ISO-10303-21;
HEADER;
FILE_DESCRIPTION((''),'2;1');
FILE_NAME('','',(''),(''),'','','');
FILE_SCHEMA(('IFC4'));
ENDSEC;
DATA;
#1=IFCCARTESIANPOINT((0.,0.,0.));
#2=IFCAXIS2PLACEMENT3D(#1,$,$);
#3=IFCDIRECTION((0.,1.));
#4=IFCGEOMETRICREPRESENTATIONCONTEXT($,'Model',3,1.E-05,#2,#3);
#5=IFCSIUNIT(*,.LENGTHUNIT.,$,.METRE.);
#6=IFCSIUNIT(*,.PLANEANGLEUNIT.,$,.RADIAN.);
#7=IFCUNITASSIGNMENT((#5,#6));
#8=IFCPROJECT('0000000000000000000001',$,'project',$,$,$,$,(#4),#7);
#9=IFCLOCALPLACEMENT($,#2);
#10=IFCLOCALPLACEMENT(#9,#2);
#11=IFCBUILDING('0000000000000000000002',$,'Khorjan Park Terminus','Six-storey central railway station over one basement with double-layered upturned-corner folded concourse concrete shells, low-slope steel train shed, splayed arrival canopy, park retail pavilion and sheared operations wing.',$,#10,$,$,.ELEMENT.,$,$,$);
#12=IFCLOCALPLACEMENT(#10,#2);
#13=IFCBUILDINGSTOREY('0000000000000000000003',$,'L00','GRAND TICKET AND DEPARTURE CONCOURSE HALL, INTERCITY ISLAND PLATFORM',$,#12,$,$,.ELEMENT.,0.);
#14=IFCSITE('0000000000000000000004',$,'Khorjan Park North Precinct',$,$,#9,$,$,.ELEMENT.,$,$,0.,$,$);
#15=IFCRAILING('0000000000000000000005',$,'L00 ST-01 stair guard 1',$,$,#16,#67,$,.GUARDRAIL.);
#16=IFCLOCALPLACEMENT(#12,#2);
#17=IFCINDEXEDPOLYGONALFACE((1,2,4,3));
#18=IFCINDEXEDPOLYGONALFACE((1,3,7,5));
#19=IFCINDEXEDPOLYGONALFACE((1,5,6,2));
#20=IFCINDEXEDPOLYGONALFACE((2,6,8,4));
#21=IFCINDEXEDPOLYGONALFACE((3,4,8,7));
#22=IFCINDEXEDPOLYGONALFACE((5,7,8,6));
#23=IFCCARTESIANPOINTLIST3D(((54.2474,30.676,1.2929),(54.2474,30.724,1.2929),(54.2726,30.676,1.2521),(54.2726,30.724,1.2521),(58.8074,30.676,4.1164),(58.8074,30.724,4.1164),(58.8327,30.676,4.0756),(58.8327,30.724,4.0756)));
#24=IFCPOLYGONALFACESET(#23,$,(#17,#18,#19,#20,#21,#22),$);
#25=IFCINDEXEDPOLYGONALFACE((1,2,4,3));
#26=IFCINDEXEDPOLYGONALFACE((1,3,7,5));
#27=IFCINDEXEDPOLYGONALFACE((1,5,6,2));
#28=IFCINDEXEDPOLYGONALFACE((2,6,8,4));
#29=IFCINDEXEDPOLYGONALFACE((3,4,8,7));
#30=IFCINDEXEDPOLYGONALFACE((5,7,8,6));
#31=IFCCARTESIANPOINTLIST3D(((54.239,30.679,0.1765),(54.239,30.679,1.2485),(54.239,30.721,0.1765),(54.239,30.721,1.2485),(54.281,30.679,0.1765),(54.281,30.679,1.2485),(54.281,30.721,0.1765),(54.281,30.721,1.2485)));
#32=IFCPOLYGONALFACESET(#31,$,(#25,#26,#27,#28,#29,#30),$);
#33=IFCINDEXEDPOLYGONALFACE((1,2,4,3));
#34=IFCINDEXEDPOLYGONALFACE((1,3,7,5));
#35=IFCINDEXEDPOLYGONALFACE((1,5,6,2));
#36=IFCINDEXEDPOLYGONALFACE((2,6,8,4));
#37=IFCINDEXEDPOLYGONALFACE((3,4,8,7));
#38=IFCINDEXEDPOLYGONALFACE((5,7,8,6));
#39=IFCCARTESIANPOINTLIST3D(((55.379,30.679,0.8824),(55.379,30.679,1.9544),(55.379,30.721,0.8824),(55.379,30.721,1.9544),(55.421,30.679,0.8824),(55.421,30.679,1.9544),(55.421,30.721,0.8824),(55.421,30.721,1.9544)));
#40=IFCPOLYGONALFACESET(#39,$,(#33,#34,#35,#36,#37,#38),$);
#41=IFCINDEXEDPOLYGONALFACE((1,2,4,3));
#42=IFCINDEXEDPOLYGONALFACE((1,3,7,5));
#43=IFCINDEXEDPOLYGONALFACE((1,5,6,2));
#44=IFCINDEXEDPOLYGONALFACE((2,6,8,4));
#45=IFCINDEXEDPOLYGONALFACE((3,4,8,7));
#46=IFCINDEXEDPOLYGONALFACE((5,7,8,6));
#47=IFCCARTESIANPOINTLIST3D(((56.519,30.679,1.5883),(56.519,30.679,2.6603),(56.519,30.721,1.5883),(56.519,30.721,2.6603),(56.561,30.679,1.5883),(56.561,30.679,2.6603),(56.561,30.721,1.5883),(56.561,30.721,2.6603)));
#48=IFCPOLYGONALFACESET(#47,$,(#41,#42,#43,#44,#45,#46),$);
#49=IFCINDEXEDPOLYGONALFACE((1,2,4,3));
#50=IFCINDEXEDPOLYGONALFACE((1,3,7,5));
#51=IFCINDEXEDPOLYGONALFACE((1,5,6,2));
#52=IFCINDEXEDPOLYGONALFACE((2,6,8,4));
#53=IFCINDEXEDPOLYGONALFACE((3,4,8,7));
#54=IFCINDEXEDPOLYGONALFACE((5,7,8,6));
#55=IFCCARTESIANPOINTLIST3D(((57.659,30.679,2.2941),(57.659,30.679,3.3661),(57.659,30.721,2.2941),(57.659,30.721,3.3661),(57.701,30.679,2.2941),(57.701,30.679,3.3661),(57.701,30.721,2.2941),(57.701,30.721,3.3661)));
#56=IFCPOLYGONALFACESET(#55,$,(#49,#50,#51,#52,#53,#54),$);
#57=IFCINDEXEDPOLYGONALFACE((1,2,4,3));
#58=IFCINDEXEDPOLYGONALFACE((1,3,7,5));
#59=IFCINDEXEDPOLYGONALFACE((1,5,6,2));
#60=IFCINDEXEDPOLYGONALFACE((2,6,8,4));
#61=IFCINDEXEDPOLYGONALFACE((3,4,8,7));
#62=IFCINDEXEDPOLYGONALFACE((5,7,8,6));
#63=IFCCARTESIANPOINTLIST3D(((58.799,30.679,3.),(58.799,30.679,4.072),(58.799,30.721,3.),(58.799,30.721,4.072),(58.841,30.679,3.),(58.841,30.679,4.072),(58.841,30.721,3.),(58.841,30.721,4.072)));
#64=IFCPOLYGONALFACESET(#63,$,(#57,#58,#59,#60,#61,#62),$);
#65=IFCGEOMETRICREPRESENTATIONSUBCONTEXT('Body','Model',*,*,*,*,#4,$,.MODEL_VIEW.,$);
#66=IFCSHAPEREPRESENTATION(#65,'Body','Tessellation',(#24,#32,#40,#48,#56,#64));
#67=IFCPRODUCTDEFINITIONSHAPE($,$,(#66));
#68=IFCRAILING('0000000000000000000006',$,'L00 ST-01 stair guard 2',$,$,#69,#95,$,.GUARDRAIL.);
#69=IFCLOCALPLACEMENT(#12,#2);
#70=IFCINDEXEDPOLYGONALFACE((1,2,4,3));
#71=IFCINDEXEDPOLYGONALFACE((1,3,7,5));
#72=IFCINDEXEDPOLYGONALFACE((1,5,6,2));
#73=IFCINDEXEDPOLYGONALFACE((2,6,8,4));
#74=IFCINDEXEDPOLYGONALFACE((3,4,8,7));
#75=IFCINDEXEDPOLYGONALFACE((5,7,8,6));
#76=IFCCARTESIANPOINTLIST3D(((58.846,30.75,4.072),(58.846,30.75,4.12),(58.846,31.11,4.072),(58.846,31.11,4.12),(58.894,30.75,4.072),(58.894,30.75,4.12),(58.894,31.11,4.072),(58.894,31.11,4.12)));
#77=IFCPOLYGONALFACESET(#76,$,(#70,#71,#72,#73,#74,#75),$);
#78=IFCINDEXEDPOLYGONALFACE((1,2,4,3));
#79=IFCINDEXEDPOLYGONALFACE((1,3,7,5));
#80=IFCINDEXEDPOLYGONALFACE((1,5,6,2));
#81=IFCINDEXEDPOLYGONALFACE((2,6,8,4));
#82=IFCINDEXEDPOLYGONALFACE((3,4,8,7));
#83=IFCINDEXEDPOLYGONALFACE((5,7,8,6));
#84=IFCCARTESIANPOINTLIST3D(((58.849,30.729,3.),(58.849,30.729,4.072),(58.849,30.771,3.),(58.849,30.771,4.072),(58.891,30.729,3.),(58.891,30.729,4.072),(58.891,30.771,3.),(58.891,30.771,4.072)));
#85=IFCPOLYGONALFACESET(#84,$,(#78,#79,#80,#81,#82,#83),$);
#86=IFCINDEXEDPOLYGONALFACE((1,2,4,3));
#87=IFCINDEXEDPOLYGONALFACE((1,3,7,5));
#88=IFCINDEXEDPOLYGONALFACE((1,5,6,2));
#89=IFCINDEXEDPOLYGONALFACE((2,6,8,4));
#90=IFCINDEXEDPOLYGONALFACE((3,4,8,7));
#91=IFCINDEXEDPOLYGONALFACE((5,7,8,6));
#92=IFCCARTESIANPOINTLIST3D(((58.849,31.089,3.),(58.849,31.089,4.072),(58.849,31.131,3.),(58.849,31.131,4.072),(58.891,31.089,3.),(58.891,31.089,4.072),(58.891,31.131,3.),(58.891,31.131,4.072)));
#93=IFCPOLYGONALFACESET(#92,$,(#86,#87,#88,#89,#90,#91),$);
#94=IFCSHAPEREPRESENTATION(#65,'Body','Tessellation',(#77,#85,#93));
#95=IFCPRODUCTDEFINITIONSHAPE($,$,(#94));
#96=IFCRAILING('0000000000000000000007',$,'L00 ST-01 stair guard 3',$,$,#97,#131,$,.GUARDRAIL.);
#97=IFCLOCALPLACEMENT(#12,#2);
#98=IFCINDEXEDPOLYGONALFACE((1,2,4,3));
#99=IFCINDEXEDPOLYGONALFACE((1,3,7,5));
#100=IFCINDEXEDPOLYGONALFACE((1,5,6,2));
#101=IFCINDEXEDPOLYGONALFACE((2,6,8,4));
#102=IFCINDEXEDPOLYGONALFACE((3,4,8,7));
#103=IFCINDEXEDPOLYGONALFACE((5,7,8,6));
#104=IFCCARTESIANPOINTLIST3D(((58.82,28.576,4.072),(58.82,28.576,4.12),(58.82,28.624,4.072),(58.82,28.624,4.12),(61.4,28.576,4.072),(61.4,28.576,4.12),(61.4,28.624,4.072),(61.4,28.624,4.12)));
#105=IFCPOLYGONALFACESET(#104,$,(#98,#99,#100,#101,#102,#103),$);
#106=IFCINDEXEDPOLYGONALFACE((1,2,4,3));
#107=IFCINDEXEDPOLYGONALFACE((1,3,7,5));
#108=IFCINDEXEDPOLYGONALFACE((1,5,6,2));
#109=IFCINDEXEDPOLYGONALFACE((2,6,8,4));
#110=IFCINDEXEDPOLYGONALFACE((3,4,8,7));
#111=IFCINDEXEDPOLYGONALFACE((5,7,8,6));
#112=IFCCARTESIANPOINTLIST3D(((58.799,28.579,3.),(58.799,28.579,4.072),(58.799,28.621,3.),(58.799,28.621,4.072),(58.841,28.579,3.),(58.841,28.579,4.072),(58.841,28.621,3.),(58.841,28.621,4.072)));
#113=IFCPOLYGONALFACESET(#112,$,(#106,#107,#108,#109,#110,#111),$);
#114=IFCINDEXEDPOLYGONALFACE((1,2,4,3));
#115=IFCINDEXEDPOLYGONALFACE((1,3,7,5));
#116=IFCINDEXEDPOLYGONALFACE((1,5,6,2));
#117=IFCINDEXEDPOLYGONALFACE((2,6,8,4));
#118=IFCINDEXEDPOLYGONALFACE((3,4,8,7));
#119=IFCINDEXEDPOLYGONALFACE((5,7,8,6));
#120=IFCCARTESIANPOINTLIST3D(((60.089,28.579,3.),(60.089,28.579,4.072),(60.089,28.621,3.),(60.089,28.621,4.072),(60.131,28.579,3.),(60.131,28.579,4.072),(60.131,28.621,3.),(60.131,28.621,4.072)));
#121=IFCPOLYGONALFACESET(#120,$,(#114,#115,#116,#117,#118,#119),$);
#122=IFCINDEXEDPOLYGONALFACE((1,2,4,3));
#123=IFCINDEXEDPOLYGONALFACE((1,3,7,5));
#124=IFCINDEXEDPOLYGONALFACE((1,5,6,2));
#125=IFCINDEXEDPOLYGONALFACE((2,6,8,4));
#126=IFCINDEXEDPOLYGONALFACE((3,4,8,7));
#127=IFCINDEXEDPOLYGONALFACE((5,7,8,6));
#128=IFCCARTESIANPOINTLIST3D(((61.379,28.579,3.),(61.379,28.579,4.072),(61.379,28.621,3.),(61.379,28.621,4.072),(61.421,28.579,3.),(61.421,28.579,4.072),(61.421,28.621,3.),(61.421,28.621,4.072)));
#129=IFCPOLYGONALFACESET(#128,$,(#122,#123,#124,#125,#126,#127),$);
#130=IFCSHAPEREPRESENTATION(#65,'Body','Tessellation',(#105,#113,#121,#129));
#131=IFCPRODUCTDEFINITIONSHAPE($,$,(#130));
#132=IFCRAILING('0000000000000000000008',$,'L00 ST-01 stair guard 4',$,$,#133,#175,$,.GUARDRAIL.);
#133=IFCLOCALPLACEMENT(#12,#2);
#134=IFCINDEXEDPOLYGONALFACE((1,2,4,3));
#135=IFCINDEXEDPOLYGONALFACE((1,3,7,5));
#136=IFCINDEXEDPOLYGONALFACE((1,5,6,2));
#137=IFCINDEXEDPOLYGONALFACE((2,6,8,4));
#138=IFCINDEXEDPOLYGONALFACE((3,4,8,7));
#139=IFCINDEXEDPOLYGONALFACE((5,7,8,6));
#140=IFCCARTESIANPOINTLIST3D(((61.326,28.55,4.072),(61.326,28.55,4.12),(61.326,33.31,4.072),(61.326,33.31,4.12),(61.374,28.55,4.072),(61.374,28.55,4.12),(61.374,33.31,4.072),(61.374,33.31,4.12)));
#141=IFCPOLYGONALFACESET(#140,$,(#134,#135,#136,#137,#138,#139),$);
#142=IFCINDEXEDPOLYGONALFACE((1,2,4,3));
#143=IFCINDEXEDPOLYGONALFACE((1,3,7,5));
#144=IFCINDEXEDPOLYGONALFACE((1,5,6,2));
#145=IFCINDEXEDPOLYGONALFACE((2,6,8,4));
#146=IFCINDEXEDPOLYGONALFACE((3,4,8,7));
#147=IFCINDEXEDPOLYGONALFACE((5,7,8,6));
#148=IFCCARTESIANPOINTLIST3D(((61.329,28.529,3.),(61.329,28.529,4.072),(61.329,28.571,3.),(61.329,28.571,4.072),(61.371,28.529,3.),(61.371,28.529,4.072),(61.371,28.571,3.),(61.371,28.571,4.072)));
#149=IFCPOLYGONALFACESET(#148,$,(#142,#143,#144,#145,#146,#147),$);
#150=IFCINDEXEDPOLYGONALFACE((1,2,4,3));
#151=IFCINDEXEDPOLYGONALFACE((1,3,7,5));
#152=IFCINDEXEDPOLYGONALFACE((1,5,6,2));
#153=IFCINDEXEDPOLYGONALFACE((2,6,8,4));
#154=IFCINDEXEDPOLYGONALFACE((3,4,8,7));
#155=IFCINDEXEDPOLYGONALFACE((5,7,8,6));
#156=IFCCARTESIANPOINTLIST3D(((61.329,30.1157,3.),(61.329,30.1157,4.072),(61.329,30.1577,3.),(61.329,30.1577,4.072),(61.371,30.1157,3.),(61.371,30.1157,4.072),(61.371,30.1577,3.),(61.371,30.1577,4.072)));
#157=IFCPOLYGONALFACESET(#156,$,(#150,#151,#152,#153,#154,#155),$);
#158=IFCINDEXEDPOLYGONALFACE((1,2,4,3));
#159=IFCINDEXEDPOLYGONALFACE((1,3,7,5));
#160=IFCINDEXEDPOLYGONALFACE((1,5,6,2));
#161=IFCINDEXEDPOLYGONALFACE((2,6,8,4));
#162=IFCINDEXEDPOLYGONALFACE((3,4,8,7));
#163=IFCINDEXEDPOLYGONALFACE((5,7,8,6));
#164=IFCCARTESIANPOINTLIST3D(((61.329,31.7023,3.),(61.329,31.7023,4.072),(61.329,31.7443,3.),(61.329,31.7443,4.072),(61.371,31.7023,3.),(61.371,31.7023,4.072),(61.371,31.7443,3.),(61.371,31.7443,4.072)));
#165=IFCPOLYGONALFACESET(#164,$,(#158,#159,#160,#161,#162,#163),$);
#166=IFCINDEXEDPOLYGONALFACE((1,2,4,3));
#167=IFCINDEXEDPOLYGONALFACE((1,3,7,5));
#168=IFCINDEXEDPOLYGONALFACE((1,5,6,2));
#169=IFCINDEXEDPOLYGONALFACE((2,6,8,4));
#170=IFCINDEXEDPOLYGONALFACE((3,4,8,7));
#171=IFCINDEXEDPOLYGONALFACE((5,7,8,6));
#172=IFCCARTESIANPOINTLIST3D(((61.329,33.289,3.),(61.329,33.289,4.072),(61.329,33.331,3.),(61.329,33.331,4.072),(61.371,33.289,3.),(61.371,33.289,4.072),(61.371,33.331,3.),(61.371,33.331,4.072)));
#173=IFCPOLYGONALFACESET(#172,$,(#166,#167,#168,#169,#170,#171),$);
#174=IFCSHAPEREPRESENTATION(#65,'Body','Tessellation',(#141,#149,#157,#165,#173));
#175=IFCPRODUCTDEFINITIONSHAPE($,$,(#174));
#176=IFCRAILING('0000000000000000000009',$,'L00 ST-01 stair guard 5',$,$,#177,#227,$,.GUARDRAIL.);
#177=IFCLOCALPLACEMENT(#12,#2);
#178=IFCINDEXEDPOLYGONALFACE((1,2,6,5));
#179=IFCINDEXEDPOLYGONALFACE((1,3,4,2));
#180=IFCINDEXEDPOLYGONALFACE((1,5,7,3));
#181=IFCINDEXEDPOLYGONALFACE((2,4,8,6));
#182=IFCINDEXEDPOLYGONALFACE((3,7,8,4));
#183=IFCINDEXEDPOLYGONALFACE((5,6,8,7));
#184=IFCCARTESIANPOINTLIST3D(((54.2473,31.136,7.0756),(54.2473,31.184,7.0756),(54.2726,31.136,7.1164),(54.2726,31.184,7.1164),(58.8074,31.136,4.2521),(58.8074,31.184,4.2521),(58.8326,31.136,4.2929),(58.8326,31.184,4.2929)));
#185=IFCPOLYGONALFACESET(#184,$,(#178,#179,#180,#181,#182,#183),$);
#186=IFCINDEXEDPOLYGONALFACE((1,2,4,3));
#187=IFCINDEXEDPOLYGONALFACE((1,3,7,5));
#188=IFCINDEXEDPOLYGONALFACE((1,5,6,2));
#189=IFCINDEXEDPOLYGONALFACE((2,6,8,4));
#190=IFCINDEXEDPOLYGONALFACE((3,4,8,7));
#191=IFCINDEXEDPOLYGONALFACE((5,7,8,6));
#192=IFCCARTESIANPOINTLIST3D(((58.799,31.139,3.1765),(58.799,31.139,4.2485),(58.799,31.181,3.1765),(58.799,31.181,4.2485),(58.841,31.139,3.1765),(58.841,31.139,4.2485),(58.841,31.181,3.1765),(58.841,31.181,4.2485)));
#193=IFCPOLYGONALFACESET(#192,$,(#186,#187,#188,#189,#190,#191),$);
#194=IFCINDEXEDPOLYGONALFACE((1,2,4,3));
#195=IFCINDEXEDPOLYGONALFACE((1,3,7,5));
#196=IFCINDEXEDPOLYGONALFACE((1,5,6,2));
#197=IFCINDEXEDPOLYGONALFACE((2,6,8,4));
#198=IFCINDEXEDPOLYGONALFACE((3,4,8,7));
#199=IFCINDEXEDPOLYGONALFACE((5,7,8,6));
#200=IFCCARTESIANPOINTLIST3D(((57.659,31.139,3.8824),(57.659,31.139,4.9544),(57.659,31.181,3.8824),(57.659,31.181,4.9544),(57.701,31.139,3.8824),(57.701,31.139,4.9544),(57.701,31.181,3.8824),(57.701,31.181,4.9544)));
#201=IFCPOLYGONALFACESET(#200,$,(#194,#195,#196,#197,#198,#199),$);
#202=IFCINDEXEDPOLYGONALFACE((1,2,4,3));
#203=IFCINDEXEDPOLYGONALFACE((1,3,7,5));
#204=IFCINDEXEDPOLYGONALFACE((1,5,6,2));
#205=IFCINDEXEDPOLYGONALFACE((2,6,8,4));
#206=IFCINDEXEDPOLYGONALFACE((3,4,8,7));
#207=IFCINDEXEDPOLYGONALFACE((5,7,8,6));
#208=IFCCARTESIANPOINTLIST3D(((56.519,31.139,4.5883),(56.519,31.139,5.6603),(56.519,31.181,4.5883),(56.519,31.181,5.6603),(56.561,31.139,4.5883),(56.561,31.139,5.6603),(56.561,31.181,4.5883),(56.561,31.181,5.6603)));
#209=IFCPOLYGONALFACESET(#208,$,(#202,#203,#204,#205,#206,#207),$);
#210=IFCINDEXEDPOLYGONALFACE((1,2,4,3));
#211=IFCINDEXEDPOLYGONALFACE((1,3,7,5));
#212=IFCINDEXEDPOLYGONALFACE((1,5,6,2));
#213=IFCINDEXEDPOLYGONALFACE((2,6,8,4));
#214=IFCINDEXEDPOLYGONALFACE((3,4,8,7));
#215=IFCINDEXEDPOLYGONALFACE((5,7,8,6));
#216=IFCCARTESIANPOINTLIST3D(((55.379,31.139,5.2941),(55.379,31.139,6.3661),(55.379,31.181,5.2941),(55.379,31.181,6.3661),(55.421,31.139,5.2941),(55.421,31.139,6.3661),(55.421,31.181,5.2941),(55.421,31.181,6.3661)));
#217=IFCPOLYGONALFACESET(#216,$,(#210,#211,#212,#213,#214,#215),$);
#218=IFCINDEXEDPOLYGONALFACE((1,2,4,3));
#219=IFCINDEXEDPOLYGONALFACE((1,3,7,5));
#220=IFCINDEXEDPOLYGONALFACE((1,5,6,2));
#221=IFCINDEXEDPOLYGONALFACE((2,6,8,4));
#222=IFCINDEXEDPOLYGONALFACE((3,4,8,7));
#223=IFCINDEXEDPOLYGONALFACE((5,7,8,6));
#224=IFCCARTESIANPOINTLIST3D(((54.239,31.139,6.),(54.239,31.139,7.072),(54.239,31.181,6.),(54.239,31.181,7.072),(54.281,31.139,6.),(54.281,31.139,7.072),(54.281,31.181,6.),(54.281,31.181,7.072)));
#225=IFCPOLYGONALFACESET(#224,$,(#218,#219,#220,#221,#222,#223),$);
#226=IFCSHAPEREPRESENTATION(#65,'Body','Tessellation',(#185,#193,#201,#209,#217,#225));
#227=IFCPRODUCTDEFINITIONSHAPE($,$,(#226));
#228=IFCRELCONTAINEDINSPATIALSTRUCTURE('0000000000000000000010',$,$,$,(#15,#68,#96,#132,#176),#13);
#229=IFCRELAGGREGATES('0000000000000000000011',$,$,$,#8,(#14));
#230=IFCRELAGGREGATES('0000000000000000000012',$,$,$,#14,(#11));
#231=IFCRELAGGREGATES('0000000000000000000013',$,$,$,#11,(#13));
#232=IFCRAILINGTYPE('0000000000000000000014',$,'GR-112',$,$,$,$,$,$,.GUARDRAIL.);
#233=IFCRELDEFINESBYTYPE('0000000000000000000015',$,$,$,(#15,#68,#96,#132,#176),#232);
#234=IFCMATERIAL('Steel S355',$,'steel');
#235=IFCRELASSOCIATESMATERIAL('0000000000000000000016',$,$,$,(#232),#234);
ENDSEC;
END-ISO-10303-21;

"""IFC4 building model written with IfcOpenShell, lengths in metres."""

from ifc_helpers import new_model, si_unit, direction, frame, origin, origin_2d, place, context, subcontext, project, spatial, rectangle, extrude, material, type_object, element, save


model = new_model("IFC4")

# Units and contexts
model_context = context("Model", 3, precision=1e-05, world=origin(), true_north=direction((0.0, 1.0)))
body_context = subcontext(model_context, "Body", "Model", "MODEL_VIEW")
ifc_project = project(units=[si_unit("LENGTHUNIT", "METRE"), si_unit("PLANEANGLEUNIT", "RADIAN")], contexts=[model_context])

# Site, building, storey
site_placement = place(None, origin())
site = spatial("IfcSite", under=ifc_project, at=site_placement, Name="Khorjan Park North Precinct", CompositionType="ELEMENT", RefElevation=0.0)
building_placement = place(site_placement, origin())
building = spatial("IfcBuilding", under=site, at=building_placement, Name="Khorjan Park Terminus", Description="Six-storey central railway station over one basement with double-layered upturned-corner folded concourse concrete shells, low-slope steel train shed, splayed arrival canopy, park retail pavilion and sheared operations wing.", CompositionType="ELEMENT")
storey_placement = place(building_placement, origin())
storey = spatial("IfcBuildingStorey", under=building, at=storey_placement, Name="L00", Description="GRAND TICKET AND DEPARTURE CONCOURSE HALL, INTERCITY ISLAND PLATFORM", CompositionType="ELEMENT", Elevation=0.0)

# Railings
ifc_material_1 = material(Name="Steel S355", Category="steel")
railing_type_1 = type_object("IfcRailingType", Name="GR-112", PredefinedType="GUARDRAIL", material=ifc_material_1)
railing_1_placement = place(storey_placement, frame((54.26, 30.7, 0.1765)))
element("IfcRailing", 1, at=railing_1_placement, inside=storey, type_object=railing_type_1, Name="L00 ST-01 stair guard 1", PredefinedType="GUARDRAIL", context=body_context, shape_type="SweptSolid", body=[
    extrude(rectangle(XDim=0.048, YDim=0.048, at=origin_2d()), frame((0.0, 0.0, 1.096), z_axis=(0.850211, 0.0, 0.526441), x_axis=(0.0, 1.0, 0.0)), (0.0, 0.0, 1.0), 5.3634),
    extrude(rectangle(XDim=0.042, YDim=0.042, at=origin_2d()), origin(), (0.0, 0.0, 1.0), 1.072),
    extrude(rectangle(XDim=0.042, YDim=0.042, at=origin_2d()), frame((1.14, 0.0, 0.7059)), (0.0, 0.0, 1.0), 1.072),
    extrude(rectangle(XDim=0.042, YDim=0.042, at=origin_2d()), frame((2.28, 0.0, 1.4118)), (0.0, 0.0, 1.0), 1.072),
    extrude(rectangle(XDim=0.042, YDim=0.042, at=origin_2d()), frame((3.42, 0.0, 2.1176)), (0.0, 0.0, 1.0), 1.072),
    extrude(rectangle(XDim=0.042, YDim=0.042, at=origin_2d()), frame((4.56, 0.0, 2.8235)), (0.0, 0.0, 1.0), 1.072),
])
railing_2_placement = place(storey_placement, frame((58.87, 30.75, 3.0)))
element("IfcRailing", 2, at=railing_2_placement, inside=storey, type_object=railing_type_1, Name="L00 ST-01 stair guard 2", PredefinedType="GUARDRAIL", context=body_context, shape_type="SweptSolid", body=[
    extrude(rectangle(XDim=0.048, YDim=0.048, at=origin_2d()), frame((0.0, 0.0, 1.096), z_axis=(0.0, 1.0, 0.0), x_axis=(-1.0, 0.0, 0.0)), (0.0, 0.0, 1.0), 0.36),
    extrude(rectangle(XDim=0.042, YDim=0.042, at=origin_2d()), origin(), (0.0, 0.0, 1.0), 1.072),
    extrude(rectangle(XDim=0.042, YDim=0.042, at=origin_2d()), frame((0.0, 0.36, 0.0)), (0.0, 0.0, 1.0), 1.072),
])
railing_3_placement = place(storey_placement, frame((58.82, 28.6, 3.0)))
element("IfcRailing", 3, at=railing_3_placement, inside=storey, type_object=railing_type_1, Name="L00 ST-01 stair guard 3", PredefinedType="GUARDRAIL", context=body_context, shape_type="SweptSolid", body=[
    extrude(rectangle(XDim=0.048, YDim=0.048, at=origin_2d()), frame((0.0, 0.0, 1.096), z_axis=(1.0, 0.0, 0.0), x_axis=(0.0, 1.0, 0.0)), (0.0, 0.0, 1.0), 2.58),
    extrude(rectangle(XDim=0.042, YDim=0.042, at=origin_2d()), origin(), (0.0, 0.0, 1.0), 1.072),
    extrude(rectangle(XDim=0.042, YDim=0.042, at=origin_2d()), frame((1.29, 0.0, 0.0)), (0.0, 0.0, 1.0), 1.072),
    extrude(rectangle(XDim=0.042, YDim=0.042, at=origin_2d()), frame((2.58, 0.0, 0.0)), (0.0, 0.0, 1.0), 1.072),
])
railing_4_placement = place(storey_placement, frame((61.35, 28.55, 3.0)))
element("IfcRailing", 4, at=railing_4_placement, inside=storey, type_object=railing_type_1, Name="L00 ST-01 stair guard 4", PredefinedType="GUARDRAIL", context=body_context, shape_type="SweptSolid", body=[
    extrude(rectangle(XDim=0.048, YDim=0.048, at=origin_2d()), frame((0.0, 0.0, 1.096), z_axis=(0.0, 1.0, 0.0), x_axis=(-1.0, 0.0, 0.0)), (0.0, 0.0, 1.0), 4.76),
    extrude(rectangle(XDim=0.042, YDim=0.042, at=origin_2d()), origin(), (0.0, 0.0, 1.0), 1.072),
    extrude(rectangle(XDim=0.042, YDim=0.042, at=origin_2d()), frame((0.0, 1.5867, 0.0)), (0.0, 0.0, 1.0), 1.072),
    extrude(rectangle(XDim=0.042, YDim=0.042, at=origin_2d()), frame((0.0, 3.1733, 0.0)), (0.0, 0.0, 1.0), 1.072),
    extrude(rectangle(XDim=0.042, YDim=0.042, at=origin_2d()), frame((0.0, 4.76, 0.0)), (0.0, 0.0, 1.0), 1.072),
])
railing_5_placement = place(storey_placement, frame((58.82, 31.16, 3.1765)))
element("IfcRailing", 5, at=railing_5_placement, inside=storey, type_object=railing_type_1, Name="L00 ST-01 stair guard 5", PredefinedType="GUARDRAIL", context=body_context, shape_type="SweptSolid", body=[
    extrude(rectangle(XDim=0.048, YDim=0.048, at=origin_2d()), frame((0.0, 0.0, 1.096), z_axis=(-0.850211, 0.0, 0.526441), x_axis=(0.0, -1.0, 0.0)), (0.0, 0.0, 1.0), 5.3634),
    extrude(rectangle(XDim=0.042, YDim=0.042, at=origin_2d()), origin(), (0.0, 0.0, 1.0), 1.072),
    extrude(rectangle(XDim=0.042, YDim=0.042, at=origin_2d()), frame((-1.14, 0.0, 0.7059)), (0.0, 0.0, 1.0), 1.072),
    extrude(rectangle(XDim=0.042, YDim=0.042, at=origin_2d()), frame((-2.28, 0.0, 1.4118)), (0.0, 0.0, 1.0), 1.072),
    extrude(rectangle(XDim=0.042, YDim=0.042, at=origin_2d()), frame((-3.42, 0.0, 2.1176)), (0.0, 0.0, 1.0), 1.072),
    extrude(rectangle(XDim=0.042, YDim=0.042, at=origin_2d()), frame((-4.56, 0.0, 2.8235)), (0.0, 0.0, 1.0), 1.072),
])

save(model, "model.ifc")
